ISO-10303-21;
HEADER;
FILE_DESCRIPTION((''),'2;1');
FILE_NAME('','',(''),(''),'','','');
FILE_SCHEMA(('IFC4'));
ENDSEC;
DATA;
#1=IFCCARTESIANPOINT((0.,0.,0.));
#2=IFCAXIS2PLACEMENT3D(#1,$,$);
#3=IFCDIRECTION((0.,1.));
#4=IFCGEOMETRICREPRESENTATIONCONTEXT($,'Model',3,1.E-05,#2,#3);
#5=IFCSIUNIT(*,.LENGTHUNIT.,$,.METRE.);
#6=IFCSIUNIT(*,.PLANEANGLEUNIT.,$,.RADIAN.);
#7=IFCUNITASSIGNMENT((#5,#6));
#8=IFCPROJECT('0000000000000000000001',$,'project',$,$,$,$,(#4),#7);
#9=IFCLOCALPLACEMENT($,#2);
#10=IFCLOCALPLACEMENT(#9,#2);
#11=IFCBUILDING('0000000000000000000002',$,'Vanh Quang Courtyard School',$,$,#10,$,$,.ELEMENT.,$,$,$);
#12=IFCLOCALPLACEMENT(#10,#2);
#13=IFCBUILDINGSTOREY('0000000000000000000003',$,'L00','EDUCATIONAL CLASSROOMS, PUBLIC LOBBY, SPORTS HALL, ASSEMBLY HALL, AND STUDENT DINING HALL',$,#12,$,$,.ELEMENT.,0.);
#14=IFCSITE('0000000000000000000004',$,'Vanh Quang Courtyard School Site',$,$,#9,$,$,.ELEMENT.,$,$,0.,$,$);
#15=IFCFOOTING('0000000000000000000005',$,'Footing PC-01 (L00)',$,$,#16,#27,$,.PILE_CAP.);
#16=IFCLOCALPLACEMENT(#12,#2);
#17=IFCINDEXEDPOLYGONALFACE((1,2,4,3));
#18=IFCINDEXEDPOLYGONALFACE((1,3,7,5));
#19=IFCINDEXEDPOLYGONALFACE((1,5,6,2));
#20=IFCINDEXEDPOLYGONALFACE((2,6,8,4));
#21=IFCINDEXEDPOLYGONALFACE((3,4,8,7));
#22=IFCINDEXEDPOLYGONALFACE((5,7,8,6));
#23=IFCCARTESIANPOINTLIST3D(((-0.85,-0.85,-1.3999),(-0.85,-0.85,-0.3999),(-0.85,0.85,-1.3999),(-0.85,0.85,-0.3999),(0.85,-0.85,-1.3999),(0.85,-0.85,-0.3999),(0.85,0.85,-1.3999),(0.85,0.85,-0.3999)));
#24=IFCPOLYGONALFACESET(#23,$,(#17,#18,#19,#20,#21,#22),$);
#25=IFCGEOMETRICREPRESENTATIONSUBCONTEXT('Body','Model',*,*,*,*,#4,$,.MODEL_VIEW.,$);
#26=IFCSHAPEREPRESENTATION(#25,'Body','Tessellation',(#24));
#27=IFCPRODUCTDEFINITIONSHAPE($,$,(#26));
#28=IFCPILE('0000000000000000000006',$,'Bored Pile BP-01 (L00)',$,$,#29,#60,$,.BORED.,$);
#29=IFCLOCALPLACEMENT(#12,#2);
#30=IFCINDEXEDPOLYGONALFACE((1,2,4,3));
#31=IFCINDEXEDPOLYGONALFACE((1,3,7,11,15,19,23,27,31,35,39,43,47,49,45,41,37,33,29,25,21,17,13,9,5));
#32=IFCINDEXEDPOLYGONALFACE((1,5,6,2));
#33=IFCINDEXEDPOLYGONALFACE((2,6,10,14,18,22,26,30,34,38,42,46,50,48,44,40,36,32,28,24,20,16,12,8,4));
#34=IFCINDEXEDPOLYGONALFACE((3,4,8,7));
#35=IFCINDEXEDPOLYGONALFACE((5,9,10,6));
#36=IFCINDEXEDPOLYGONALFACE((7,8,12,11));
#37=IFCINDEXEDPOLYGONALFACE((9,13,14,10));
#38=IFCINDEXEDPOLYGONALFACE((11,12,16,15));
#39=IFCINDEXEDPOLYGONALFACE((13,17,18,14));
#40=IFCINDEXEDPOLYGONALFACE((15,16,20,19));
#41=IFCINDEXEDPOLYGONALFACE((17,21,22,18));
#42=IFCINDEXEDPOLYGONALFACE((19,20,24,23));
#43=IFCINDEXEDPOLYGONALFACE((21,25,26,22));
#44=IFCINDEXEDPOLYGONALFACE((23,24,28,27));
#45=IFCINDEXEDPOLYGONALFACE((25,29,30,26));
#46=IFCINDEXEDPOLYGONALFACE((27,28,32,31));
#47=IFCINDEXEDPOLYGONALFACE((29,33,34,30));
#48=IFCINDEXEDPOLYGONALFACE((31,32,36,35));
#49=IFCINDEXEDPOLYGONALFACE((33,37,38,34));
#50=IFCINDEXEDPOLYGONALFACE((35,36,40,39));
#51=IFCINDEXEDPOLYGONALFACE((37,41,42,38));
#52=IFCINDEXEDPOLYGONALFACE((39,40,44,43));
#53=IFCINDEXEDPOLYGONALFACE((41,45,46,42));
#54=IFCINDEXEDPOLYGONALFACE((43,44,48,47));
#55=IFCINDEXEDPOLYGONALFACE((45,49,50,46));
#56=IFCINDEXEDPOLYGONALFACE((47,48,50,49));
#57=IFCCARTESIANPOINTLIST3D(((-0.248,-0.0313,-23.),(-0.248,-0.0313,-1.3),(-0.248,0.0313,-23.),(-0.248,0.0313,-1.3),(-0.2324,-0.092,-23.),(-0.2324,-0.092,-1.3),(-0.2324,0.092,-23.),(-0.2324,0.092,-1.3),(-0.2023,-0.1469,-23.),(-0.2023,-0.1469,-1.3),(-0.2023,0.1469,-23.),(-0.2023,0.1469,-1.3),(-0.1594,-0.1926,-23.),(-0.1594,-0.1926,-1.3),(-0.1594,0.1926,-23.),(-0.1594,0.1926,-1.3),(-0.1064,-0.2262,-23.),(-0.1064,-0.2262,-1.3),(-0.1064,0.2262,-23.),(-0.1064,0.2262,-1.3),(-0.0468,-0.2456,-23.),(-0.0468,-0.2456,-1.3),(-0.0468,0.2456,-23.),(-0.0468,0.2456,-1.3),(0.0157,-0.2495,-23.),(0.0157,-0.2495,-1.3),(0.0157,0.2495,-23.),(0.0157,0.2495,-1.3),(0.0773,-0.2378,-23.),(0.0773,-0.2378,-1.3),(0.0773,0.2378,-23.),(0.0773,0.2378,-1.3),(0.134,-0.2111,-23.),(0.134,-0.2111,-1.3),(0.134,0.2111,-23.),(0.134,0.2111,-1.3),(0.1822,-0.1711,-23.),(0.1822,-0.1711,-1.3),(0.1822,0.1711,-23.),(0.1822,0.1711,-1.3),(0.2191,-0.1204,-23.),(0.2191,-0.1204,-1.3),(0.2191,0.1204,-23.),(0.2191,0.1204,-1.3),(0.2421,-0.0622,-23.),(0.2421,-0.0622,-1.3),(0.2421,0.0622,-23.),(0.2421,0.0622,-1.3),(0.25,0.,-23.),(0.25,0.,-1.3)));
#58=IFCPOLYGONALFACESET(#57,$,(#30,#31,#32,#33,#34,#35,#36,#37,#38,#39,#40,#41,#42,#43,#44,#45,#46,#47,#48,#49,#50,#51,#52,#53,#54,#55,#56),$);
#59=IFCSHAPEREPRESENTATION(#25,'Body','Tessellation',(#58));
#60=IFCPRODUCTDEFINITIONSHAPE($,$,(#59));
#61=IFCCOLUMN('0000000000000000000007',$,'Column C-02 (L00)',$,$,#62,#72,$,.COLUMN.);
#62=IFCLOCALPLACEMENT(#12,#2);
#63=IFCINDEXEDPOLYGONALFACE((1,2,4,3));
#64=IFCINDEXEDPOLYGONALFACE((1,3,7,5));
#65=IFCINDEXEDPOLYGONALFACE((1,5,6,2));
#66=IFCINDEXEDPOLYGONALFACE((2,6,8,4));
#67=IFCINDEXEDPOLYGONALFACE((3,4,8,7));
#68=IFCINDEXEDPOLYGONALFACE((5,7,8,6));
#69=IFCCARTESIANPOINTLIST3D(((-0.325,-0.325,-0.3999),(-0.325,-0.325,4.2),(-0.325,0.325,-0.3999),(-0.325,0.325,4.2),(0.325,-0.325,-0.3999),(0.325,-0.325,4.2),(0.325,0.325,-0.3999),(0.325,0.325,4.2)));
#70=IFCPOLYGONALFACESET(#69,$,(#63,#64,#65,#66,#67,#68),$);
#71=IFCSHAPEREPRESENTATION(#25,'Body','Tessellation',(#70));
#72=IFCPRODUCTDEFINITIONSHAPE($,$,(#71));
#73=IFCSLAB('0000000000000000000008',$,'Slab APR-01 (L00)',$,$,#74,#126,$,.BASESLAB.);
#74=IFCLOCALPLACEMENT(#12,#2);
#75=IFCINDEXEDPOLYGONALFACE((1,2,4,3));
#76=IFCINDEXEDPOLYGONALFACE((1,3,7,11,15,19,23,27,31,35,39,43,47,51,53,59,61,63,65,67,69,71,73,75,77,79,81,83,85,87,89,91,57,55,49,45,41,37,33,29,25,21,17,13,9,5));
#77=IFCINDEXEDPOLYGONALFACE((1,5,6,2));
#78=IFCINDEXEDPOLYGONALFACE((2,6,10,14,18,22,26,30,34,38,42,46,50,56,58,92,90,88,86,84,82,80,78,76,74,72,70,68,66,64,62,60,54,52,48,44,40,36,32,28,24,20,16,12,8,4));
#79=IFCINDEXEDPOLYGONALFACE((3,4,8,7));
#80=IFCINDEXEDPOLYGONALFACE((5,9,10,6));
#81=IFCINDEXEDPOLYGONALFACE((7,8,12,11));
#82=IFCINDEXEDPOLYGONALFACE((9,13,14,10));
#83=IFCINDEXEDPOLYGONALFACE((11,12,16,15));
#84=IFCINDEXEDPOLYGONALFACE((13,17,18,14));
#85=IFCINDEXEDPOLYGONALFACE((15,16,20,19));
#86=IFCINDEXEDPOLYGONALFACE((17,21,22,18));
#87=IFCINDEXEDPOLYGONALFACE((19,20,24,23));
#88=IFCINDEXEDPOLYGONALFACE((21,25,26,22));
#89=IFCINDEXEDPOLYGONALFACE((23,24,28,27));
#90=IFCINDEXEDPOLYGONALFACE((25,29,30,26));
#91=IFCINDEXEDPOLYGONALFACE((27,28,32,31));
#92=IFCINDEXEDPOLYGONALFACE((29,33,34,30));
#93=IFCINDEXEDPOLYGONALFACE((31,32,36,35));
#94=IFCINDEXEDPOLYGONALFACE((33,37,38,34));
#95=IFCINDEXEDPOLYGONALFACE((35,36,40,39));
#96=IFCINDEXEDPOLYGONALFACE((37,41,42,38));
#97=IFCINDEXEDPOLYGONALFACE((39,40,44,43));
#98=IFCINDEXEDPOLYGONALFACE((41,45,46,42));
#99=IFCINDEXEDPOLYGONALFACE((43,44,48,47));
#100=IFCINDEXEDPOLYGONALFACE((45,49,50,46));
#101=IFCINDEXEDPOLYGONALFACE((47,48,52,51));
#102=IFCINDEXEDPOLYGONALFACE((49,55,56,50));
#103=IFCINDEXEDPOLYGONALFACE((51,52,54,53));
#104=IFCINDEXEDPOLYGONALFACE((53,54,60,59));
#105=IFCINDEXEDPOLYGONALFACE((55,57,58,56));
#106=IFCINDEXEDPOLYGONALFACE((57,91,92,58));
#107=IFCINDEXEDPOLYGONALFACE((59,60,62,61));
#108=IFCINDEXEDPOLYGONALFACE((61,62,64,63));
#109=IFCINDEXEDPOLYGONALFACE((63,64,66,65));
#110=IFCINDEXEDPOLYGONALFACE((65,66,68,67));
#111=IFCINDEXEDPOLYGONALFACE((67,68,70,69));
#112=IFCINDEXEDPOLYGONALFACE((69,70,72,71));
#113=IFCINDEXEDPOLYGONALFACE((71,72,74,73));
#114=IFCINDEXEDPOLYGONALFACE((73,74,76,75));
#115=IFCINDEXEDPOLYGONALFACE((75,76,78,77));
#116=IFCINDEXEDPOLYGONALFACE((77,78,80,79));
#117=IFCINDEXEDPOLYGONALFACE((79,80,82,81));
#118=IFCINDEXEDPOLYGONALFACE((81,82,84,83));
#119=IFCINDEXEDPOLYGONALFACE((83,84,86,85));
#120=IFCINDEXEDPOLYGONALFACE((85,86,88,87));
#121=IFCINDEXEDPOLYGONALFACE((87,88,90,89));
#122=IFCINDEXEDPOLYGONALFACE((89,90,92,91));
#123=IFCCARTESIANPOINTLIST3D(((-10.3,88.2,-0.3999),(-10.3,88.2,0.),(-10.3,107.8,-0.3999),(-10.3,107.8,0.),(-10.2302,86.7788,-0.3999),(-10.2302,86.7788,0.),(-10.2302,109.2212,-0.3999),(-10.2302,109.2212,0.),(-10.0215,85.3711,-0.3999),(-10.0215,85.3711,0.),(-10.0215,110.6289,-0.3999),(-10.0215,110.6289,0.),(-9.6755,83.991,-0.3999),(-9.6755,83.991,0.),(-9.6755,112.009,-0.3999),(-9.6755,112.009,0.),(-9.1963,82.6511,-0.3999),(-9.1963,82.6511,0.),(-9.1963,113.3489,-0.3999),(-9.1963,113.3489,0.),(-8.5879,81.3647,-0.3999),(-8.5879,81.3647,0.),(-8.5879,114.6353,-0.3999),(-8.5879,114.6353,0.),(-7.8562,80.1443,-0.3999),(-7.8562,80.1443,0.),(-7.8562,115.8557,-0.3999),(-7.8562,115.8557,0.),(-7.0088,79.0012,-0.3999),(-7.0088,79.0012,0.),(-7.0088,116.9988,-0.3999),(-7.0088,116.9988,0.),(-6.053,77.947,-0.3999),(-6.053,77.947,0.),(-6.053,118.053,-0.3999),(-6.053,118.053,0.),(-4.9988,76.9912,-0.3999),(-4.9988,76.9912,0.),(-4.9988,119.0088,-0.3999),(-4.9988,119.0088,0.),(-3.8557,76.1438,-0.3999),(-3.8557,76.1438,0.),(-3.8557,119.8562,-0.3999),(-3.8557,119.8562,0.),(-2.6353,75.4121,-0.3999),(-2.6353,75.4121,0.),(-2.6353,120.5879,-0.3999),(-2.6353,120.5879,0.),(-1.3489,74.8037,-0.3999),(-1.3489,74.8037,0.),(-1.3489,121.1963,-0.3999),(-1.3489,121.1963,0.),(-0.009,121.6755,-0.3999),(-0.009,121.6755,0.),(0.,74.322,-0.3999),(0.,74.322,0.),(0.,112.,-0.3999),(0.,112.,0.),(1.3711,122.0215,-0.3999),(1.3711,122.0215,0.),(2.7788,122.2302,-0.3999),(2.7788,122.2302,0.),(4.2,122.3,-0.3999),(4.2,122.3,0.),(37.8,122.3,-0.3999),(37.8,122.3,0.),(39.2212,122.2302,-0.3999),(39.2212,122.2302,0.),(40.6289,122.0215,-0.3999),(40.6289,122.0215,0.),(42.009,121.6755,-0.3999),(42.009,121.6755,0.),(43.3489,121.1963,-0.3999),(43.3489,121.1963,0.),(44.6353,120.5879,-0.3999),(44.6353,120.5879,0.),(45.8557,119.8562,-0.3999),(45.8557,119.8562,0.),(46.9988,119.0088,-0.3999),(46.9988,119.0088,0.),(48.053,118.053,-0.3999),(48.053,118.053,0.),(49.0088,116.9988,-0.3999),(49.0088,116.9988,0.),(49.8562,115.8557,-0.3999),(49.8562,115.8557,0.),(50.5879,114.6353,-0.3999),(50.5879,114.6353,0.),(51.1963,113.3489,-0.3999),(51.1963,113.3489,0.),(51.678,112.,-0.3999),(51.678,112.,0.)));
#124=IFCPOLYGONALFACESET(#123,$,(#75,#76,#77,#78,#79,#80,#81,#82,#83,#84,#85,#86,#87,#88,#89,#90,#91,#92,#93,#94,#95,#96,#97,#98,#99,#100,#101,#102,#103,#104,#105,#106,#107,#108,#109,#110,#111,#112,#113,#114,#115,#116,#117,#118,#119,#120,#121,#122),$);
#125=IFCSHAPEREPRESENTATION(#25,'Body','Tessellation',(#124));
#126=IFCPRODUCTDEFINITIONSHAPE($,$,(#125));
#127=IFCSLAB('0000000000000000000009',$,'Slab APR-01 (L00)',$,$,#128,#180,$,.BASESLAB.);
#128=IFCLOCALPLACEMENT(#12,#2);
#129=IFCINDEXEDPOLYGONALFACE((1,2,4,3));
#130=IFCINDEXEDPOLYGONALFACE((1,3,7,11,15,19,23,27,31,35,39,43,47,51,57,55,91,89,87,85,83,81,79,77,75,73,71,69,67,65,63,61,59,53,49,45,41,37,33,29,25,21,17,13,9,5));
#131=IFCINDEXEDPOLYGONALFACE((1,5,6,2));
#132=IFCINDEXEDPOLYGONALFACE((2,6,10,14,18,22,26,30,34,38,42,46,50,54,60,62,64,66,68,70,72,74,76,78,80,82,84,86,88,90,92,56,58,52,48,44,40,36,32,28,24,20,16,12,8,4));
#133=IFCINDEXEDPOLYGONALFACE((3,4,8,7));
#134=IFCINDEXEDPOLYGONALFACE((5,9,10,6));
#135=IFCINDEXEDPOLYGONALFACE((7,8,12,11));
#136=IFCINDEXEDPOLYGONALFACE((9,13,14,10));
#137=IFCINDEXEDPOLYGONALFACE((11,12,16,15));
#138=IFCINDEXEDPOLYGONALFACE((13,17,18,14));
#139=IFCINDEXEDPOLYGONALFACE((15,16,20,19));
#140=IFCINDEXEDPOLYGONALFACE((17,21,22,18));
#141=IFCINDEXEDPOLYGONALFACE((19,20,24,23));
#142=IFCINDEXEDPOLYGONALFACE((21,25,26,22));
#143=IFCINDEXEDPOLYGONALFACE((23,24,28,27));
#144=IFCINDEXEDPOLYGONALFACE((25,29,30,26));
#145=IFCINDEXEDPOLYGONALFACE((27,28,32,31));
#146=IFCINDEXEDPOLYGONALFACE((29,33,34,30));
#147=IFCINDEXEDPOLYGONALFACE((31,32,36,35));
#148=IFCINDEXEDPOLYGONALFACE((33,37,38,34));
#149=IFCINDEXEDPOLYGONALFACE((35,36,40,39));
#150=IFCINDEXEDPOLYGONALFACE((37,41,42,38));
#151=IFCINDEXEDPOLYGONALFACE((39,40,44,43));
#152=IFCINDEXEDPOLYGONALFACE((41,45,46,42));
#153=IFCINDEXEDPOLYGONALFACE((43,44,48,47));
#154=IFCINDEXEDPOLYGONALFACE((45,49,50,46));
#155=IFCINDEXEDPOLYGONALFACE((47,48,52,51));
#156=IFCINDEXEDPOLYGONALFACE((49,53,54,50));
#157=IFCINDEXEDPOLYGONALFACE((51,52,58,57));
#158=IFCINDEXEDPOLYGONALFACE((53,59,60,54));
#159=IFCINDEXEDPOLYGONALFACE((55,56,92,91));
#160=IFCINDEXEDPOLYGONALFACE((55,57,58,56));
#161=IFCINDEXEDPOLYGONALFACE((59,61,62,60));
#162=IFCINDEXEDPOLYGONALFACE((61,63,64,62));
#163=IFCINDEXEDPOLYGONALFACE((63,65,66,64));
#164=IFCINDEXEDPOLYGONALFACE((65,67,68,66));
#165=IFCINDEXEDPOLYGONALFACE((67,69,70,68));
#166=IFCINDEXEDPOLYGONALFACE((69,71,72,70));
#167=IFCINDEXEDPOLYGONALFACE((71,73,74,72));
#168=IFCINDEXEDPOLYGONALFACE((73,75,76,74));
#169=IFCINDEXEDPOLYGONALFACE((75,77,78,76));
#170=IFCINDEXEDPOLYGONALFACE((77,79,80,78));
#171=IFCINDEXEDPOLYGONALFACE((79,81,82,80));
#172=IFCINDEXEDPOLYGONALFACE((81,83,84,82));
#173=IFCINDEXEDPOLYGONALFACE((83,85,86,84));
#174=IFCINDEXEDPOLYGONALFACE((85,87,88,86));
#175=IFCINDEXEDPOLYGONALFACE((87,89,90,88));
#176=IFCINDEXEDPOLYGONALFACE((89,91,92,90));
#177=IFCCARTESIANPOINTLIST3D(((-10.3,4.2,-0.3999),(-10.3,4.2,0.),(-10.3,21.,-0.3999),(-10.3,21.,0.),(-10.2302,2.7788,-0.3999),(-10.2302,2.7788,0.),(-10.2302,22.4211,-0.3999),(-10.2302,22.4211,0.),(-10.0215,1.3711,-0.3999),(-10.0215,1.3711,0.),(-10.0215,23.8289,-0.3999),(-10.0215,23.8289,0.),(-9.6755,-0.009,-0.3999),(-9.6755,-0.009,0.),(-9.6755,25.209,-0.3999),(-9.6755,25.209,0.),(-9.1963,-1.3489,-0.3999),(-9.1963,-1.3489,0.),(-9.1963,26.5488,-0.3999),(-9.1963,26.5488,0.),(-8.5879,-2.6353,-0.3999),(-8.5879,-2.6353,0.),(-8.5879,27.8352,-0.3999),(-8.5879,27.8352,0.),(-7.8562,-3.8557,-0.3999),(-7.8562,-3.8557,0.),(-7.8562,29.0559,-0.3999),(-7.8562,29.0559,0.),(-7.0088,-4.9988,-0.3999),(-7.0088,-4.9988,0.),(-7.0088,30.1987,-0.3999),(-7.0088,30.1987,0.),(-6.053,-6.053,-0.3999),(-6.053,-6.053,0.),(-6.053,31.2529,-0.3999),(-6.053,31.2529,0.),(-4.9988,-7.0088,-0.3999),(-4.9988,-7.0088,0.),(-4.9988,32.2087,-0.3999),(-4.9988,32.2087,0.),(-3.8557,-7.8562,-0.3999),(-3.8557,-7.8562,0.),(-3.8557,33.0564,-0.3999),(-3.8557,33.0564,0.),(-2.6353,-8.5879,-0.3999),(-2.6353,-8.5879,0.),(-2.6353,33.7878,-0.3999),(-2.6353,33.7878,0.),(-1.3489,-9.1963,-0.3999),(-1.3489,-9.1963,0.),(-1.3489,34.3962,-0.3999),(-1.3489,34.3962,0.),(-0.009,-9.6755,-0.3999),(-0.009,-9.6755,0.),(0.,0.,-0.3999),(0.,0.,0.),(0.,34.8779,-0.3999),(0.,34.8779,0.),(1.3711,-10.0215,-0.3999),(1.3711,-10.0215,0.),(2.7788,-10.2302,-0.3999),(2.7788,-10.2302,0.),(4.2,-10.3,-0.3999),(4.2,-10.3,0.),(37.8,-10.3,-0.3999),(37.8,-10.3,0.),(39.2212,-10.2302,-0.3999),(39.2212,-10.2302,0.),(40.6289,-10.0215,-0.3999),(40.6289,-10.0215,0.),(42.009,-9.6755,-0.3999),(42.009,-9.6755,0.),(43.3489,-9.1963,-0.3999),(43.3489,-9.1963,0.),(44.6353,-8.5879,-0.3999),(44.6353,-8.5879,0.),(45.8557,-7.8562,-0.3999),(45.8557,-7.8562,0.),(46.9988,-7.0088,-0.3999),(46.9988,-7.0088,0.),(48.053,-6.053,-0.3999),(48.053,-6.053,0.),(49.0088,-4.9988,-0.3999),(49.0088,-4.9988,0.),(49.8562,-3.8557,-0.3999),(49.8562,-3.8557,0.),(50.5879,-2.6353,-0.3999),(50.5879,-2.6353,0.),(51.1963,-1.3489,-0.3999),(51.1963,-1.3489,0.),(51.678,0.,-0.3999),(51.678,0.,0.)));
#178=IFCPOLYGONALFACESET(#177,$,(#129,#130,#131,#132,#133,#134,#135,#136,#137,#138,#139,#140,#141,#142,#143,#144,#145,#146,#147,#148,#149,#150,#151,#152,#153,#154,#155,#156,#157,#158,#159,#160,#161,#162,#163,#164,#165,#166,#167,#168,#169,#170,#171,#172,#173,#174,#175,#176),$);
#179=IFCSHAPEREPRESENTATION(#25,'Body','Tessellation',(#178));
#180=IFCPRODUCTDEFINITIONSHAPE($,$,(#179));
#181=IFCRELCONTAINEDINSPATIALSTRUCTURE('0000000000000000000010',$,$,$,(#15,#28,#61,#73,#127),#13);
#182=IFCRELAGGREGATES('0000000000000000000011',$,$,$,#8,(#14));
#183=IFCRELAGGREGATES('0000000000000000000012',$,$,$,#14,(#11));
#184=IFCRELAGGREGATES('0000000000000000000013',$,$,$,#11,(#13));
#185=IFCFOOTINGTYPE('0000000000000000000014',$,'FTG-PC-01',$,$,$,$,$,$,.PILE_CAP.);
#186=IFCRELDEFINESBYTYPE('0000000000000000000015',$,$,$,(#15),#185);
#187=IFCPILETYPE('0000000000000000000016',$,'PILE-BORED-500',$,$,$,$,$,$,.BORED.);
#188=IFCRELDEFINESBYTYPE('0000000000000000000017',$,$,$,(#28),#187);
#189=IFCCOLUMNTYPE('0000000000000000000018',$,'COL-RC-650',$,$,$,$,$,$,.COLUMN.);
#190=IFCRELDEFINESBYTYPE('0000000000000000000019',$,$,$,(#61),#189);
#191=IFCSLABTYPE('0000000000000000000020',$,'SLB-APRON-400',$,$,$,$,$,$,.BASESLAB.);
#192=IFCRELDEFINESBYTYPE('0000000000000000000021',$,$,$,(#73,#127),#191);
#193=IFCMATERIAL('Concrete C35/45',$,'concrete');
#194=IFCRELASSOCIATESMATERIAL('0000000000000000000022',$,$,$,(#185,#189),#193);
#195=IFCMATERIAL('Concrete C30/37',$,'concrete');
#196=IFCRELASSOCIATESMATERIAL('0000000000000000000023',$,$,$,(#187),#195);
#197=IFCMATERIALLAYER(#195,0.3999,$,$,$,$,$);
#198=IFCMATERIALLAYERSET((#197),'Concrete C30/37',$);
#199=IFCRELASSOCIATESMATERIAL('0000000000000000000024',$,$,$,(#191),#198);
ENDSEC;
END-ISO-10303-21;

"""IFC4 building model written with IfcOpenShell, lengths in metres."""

from ifc_helpers import new_model, si_unit, direction, frame, origin, origin_2d, place, context, subcontext, project, spatial, polyline, rectangle, circle, outline, extrude, material, layer, layer_set, material_profile, profile_set, type_object, element, save


model = new_model("IFC4")

# Units and contexts
model_context = context("Model", 3, precision=1e-05, world=origin(), true_north=direction((0.0, 1.0)))
body_context = subcontext(model_context, "Body", "Model", "MODEL_VIEW")
ifc_project = project(units=[si_unit("LENGTHUNIT", "METRE"), si_unit("PLANEANGLEUNIT", "RADIAN")], contexts=[model_context])

# Site, building, storey
site_placement = place(None, origin())
site = spatial("IfcSite", under=ifc_project, at=site_placement, Name="Vanh Quang Courtyard School Site", CompositionType="ELEMENT", RefElevation=0.0)
building_placement = place(site_placement, origin())
building = spatial("IfcBuilding", under=site, at=building_placement, Name="Vanh Quang Courtyard School", CompositionType="ELEMENT")
storey_placement = place(building_placement, origin())
storey = spatial("IfcBuildingStorey", under=building, at=storey_placement, Name="L00", Description="EDUCATIONAL CLASSROOMS, PUBLIC LOBBY, SPORTS HALL, ASSEMBLY HALL, AND STUDENT DINING HALL", CompositionType="ELEMENT", Elevation=0.0)

# Footing
ifc_material_1 = material(Name="Concrete C35/45", Category="concrete")
footing_type = type_object("IfcFootingType", Name="FTG-PC-01", PredefinedType="PILE_CAP", material=ifc_material_1)
footing_placement = place(storey_placement, frame((0.0, 0.0, -1.3999), z_axis=(0.0, 0.0, 1.0), x_axis=(1.0, 0.0, 0.0)))
element("IfcFooting", 1, at=footing_placement, inside=storey, type_object=footing_type, Name="Footing PC-01 (L00)", PredefinedType="PILE_CAP", context=body_context, shape_type="SweptSolid", body=[
    extrude(rectangle(XDim=1.7, YDim=1.7, at=origin_2d()), origin(), (0.0, 0.0, 1.0), 1.0),
])

# Pile
ifc_material_2 = material(Name="Concrete C30/37", Category="concrete")
ifc_material_profile_1 = material_profile(ifc_material_2, circle(Radius=0.25, at=origin_2d()), Name="PILE D500")
ifc_profile_set_1 = profile_set([ifc_material_profile_1], Name="Concrete C30/37")
pile_type = type_object("IfcPileType", Name="PILE-BORED-500", PredefinedType="BORED", material=ifc_profile_set_1)
pile_placement = place(storey_placement, frame((0.0, 0.0, -1.3), z_axis=(0.0, 0.0, -1.0), x_axis=(1.0, 0.0, 0.0)))
element("IfcPile", 2, at=pile_placement, inside=storey, type_object=pile_type, Name="Bored Pile BP-01 (L00)", PredefinedType="BORED", context=body_context, shape_type="SweptSolid", body=[
    extrude(circle(Radius=0.25, at=origin_2d()), origin(), (0.0, 0.0, 1.0), 21.7),
])

# Column
ifc_material_profile_2 = material_profile(ifc_material_1, rectangle(XDim=0.6499, YDim=0.6499, at=origin_2d()), Name="RC-COL 650x650")
ifc_profile_set_2 = profile_set([ifc_material_profile_2], Name="Concrete C35/45")
column_type = type_object("IfcColumnType", Name="COL-RC-650", PredefinedType="COLUMN", material=ifc_profile_set_2)
column_placement = place(storey_placement, frame((0.0, 0.0, -0.3999), z_axis=(0.0, 0.0, 1.0), x_axis=(1.0, 0.0, 0.0)))
element("IfcColumn", 3, at=column_placement, inside=storey, type_object=column_type, Name="Column C-02 (L00)", PredefinedType="COLUMN", context=body_context, shape_type="SweptSolid", body=[
    extrude(rectangle(XDim=0.6499, YDim=0.6499, at=origin_2d()), origin(), (0.0, 0.0, 1.0), 4.5999),
])

# Slabs
ifc_layer_1 = layer(ifc_material_2, 0.3999)
ifc_layer_set_1 = layer_set([ifc_layer_1], Name="Concrete C30/37")
slab_type_1 = type_object("IfcSlabType", Name="SLB-APRON-400", PredefinedType="BASESLAB", material=ifc_layer_set_1)
slab_1_placement = place(storey_placement, frame((0.0, 0.0, -0.3999)))
element("IfcSlab", 4, at=slab_1_placement, inside=storey, type_object=slab_type_1, Name="Slab APR-01 (L00)", PredefinedType="BASESLAB", context=body_context, shape_type="SweptSolid", body=[
    extrude(outline(polyline([(0.0, 112.0), (51.678, 112.0), (51.1963, 113.3489), (50.5879, 114.6353), (49.8562, 115.8557), (49.0088, 116.9988), (48.053, 118.053), (46.9988, 119.0088), (45.8557, 119.8562), (44.6353, 120.5879), (43.3489, 121.1963), (42.009, 121.6755), (40.6289, 122.0215), (39.2212, 122.2302), (37.8, 122.3), (4.2, 122.3), (2.7788, 122.2302), (1.3711, 122.0215), (-0.009, 121.6755), (-1.3489, 121.1963), (-2.6353, 120.5879), (-3.8557, 119.8562), (-4.9988, 119.0088), (-6.053, 118.053), (-7.0088, 116.9988), (-7.8562, 115.8557), (-8.5879, 114.6353), (-9.1963, 113.3489), (-9.6755, 112.009), (-10.0215, 110.6289), (-10.2302, 109.2212), (-10.3, 107.8), (-10.3, 88.2), (-10.2302, 86.7788), (-10.0215, 85.3711), (-9.6755, 83.991), (-9.1963, 82.6511), (-8.5879, 81.3647), (-7.8562, 80.1443), (-7.0088, 79.0012), (-6.053, 77.947), (-4.9988, 76.9912), (-3.8557, 76.1438), (-2.6353, 75.4121), (-1.3489, 74.8037), (0.0, 74.322), (0.0, 112.0)])), origin(), (0.0, 0.0, 1.0), 0.3999),
])
slab_2_placement = place(storey_placement, frame((0.0, 0.0, -0.3999)))
element("IfcSlab", 5, at=slab_2_placement, inside=storey, type_object=slab_type_1, Name="Slab APR-01 (L00)", PredefinedType="BASESLAB", context=body_context, shape_type="SweptSolid", body=[
    extrude(outline(polyline([(0.0, 0.0), (0.0, 34.8779), (-1.3489, 34.3962), (-2.6353, 33.7878), (-3.8557, 33.0564), (-4.9988, 32.2087), (-6.053, 31.2529), (-7.0088, 30.1987), (-7.8562, 29.0559), (-8.5879, 27.8352), (-9.1963, 26.5488), (-9.6755, 25.209), (-10.0215, 23.8289), (-10.2302, 22.4211), (-10.3, 21.0), (-10.3, 4.2), (-10.2302, 2.7788), (-10.0215, 1.3711), (-9.6755, -0.009), (-9.1963, -1.3489), (-8.5879, -2.6353), (-7.8562, -3.8557), (-7.0088, -4.9988), (-6.053, -6.053), (-4.9988, -7.0088), (-3.8557, -7.8562), (-2.6353, -8.5879), (-1.3489, -9.1963), (-0.009, -9.6755), (1.3711, -10.0215), (2.7788, -10.2302), (4.2, -10.3), (37.8, -10.3), (39.2212, -10.2302), (40.6289, -10.0215), (42.009, -9.6755), (43.3489, -9.1963), (44.6353, -8.5879), (45.8557, -7.8562), (46.9988, -7.0088), (48.053, -6.053), (49.0088, -4.9988), (49.8562, -3.8557), (50.5879, -2.6353), (51.1963, -1.3489), (51.678, 0.0), (0.0, 0.0)])), origin(), (0.0, 0.0, 1.0), 0.3999),
])

save(model, "model.ifc")
